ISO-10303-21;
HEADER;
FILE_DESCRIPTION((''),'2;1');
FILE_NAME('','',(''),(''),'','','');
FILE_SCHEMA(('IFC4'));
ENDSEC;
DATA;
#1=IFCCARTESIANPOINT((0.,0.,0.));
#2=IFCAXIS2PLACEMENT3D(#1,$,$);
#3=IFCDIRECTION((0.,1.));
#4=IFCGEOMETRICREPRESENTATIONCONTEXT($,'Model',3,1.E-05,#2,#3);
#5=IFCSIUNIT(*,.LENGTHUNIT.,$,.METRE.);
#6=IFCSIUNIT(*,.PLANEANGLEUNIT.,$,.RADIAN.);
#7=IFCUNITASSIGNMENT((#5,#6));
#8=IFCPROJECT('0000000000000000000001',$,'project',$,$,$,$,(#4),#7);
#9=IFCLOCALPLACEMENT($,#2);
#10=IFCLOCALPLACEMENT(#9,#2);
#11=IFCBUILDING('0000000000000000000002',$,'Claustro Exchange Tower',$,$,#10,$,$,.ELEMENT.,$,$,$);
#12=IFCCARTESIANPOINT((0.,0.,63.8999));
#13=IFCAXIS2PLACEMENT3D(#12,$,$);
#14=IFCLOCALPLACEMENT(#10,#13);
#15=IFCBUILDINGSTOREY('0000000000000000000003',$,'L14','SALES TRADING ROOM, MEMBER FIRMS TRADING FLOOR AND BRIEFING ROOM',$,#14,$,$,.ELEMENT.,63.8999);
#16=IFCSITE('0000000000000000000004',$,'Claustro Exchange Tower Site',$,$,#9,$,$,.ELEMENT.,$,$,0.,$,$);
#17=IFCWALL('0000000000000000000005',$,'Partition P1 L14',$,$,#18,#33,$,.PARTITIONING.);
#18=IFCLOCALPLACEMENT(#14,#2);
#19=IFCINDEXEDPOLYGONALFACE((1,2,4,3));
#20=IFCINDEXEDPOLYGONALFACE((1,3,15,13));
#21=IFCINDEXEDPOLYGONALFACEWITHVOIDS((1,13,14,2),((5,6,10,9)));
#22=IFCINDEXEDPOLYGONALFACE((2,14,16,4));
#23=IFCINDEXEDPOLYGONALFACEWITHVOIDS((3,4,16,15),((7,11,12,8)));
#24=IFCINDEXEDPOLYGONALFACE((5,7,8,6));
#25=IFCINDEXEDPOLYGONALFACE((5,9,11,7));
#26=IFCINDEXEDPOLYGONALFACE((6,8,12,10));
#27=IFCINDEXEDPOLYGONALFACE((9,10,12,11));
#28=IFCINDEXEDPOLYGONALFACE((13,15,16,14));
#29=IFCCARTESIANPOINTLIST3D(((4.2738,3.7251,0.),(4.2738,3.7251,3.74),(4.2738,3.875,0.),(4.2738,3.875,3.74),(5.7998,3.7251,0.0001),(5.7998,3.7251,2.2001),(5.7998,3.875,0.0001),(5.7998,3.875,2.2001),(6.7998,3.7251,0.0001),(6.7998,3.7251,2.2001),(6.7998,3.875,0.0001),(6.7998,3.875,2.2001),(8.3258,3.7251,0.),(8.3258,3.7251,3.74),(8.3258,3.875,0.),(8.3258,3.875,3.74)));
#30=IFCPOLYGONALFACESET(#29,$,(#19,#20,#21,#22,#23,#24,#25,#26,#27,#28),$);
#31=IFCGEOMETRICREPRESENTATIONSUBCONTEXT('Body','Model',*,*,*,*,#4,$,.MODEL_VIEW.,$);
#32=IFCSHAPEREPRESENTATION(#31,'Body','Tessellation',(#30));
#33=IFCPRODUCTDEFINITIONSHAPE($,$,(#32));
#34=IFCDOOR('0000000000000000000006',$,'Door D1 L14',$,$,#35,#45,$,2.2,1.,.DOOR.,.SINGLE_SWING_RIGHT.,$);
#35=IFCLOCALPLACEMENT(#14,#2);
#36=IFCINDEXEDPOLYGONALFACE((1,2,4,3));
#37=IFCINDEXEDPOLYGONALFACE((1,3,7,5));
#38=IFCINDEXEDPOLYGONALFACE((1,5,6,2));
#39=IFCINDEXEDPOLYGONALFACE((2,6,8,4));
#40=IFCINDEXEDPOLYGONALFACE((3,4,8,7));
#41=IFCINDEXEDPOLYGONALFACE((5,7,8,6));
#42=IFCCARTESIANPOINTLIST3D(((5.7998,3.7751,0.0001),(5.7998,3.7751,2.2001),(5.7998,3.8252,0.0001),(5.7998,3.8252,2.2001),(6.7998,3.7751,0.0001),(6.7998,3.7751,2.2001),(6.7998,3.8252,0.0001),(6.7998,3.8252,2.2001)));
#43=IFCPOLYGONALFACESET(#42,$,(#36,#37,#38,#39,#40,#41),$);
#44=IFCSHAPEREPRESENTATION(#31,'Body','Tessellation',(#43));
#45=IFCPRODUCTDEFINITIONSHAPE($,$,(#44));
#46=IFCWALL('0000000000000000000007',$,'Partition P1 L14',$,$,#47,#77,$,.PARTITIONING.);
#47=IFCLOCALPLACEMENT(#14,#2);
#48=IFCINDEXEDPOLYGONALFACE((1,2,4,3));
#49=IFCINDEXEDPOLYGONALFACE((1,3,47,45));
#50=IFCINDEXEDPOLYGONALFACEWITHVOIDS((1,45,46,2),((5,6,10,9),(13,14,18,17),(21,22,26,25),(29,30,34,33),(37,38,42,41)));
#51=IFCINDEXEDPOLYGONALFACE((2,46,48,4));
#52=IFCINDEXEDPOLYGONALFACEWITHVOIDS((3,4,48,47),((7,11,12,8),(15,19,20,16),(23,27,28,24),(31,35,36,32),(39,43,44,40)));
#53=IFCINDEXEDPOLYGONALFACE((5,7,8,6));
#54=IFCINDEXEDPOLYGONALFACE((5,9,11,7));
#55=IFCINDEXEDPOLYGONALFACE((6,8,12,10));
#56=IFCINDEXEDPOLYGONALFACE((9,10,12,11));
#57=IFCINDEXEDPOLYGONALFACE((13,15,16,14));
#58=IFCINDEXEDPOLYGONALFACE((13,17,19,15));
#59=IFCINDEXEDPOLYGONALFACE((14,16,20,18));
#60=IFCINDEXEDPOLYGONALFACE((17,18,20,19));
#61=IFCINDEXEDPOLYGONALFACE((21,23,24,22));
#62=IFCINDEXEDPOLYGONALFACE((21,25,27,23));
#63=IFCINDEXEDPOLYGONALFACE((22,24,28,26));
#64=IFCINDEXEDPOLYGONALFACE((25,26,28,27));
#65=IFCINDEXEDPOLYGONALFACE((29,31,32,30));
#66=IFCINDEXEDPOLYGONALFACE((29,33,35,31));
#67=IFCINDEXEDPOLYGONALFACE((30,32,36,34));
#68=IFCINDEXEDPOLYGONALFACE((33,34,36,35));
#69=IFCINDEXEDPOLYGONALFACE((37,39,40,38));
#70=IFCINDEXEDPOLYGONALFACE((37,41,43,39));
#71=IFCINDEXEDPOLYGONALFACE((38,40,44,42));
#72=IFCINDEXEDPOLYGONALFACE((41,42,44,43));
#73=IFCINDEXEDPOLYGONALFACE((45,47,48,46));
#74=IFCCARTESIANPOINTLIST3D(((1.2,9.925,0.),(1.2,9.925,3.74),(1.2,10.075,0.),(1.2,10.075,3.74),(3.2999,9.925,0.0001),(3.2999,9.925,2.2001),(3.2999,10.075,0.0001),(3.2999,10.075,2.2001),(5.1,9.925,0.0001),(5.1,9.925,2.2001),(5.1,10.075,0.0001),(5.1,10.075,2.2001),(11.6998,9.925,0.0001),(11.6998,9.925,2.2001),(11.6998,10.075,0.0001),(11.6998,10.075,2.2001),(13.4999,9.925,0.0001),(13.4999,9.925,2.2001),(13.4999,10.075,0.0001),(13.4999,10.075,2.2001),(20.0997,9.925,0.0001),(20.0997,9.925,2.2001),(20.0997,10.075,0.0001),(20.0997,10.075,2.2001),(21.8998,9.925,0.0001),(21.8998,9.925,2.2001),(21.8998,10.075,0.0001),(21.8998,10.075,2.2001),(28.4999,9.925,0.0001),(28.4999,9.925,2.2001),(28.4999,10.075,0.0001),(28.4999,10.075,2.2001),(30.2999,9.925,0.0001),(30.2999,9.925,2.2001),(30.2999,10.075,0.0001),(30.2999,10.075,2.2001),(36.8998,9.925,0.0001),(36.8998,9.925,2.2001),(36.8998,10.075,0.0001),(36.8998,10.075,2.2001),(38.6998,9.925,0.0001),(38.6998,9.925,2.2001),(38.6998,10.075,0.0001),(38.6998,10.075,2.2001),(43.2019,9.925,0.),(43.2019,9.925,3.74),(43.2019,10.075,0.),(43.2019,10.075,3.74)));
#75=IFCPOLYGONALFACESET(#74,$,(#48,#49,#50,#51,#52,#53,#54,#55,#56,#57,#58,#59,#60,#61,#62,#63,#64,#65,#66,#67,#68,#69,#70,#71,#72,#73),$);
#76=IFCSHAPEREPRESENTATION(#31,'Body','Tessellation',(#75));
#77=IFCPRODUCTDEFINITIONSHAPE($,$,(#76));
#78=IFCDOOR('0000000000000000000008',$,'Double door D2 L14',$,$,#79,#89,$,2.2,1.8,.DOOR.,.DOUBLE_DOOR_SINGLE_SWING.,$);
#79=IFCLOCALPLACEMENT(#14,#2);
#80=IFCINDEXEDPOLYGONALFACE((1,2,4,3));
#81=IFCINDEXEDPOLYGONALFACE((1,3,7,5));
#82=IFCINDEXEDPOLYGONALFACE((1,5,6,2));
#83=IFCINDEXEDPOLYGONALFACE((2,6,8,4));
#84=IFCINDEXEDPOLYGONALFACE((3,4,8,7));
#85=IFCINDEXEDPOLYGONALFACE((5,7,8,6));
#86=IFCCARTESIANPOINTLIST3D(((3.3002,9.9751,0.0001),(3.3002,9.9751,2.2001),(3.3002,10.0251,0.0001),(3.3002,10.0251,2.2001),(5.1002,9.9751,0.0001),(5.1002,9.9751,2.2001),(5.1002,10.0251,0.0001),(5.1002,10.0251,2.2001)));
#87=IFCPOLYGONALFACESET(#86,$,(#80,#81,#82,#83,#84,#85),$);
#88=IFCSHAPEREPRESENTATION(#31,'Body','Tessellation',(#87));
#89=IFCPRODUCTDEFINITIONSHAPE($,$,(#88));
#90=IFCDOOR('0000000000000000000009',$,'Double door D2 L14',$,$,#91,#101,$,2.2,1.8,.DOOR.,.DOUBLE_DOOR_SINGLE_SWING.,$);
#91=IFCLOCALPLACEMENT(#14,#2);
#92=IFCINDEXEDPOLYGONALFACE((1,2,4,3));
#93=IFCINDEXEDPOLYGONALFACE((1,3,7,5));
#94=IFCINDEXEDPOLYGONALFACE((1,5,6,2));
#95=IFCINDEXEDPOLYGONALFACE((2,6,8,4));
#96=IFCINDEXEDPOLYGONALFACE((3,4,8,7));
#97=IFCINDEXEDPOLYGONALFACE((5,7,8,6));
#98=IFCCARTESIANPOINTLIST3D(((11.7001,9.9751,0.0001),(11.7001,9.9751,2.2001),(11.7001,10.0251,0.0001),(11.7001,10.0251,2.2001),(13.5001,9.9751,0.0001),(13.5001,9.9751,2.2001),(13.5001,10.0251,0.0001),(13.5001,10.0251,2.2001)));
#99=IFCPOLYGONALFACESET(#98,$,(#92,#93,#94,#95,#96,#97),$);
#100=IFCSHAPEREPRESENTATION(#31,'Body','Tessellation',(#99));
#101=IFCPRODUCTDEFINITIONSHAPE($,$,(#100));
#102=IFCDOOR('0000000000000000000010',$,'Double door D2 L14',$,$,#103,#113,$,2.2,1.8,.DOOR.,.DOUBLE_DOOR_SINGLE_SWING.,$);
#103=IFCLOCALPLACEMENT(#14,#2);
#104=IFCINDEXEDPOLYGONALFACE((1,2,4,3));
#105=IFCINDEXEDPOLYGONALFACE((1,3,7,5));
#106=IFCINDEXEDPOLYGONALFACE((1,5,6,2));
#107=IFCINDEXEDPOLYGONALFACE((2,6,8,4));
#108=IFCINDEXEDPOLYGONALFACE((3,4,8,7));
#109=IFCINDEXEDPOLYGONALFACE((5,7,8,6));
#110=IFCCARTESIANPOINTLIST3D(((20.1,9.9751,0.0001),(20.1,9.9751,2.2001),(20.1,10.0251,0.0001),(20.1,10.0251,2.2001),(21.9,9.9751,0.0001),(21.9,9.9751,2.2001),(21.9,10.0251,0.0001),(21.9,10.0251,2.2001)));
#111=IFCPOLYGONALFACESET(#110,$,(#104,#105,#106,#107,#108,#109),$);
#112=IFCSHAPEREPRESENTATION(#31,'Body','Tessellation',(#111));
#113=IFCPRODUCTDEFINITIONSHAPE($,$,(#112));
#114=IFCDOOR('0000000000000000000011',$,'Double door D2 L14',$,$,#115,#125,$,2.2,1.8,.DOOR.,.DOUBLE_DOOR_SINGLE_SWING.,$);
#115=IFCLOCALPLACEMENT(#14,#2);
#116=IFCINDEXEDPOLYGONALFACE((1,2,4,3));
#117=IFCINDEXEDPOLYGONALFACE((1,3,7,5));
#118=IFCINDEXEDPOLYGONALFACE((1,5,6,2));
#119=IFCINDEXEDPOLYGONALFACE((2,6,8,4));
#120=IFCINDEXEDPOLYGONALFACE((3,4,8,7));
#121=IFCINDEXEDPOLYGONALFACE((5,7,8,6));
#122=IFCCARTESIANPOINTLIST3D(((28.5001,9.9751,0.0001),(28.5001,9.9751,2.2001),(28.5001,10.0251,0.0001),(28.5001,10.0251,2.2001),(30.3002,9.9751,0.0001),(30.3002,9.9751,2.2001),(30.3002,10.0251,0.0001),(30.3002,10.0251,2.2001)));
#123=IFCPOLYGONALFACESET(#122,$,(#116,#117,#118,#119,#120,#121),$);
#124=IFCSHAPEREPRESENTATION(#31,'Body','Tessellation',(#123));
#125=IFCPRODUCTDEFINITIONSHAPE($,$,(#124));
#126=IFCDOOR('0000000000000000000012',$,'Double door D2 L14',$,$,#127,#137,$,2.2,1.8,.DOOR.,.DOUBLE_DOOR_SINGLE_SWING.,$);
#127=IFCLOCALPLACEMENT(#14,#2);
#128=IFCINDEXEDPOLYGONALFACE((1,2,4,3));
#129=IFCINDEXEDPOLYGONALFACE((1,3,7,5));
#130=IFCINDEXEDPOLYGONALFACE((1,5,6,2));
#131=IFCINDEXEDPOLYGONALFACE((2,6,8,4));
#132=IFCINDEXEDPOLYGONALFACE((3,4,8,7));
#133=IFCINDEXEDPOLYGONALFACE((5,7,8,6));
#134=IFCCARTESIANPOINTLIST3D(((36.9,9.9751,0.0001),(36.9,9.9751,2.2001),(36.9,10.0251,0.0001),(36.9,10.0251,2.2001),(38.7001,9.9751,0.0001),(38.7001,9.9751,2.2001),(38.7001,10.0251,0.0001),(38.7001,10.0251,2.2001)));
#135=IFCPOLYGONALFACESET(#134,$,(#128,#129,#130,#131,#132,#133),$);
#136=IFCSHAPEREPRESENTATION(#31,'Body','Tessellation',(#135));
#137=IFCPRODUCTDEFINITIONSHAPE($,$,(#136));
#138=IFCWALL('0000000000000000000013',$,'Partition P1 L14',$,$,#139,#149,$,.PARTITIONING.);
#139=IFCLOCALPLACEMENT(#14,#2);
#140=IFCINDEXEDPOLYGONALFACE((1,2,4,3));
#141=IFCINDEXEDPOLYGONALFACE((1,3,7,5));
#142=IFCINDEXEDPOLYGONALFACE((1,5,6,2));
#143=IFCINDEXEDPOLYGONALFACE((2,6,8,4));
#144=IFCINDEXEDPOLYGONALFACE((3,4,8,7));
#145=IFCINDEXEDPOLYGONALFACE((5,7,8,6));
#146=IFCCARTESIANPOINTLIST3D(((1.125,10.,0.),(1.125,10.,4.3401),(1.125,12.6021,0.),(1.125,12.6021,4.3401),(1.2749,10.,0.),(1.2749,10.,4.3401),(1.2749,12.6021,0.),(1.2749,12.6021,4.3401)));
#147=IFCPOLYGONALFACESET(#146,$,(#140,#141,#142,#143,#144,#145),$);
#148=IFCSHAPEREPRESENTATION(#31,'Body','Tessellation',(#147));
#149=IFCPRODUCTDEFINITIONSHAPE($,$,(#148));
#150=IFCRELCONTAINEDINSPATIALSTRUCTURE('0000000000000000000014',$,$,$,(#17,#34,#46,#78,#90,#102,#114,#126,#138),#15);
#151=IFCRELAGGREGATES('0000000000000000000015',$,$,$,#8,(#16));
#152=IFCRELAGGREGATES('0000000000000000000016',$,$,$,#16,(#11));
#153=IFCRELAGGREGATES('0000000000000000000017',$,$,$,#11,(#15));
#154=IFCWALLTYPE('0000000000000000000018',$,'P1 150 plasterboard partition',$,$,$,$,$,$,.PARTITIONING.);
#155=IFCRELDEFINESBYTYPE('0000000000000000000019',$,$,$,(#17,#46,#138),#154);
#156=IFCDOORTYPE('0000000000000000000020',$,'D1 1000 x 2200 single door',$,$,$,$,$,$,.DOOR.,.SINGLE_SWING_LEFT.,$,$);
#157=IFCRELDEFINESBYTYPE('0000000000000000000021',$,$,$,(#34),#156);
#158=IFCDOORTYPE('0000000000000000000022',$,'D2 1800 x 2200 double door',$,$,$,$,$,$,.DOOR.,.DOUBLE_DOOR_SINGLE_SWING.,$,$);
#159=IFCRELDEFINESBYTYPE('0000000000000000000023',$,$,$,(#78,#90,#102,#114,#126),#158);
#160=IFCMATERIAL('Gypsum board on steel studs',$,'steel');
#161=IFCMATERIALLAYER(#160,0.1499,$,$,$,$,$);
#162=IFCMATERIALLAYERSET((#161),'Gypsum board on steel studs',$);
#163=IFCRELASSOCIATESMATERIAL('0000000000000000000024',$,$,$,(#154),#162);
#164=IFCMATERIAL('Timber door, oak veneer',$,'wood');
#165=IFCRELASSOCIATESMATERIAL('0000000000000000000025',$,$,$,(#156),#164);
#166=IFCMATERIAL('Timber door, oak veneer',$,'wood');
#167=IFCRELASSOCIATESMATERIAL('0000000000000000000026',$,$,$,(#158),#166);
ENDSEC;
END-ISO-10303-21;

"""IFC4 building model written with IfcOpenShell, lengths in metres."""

from ifc_helpers import new_model, si_unit, direction, frame, frame_2d, origin, place, context, subcontext, project, spatial, rectangle, extrude, material, layer, layer_set, type_object, element, fill, save


model = new_model("IFC4")

# Units and contexts
model_context = context("Model", 3, precision=1e-05, world=origin(), true_north=direction((0.0, 1.0)))
body_context = subcontext(model_context, "Body", "Model", "MODEL_VIEW")
ifc_project = project(units=[si_unit("LENGTHUNIT", "METRE"), si_unit("PLANEANGLEUNIT", "RADIAN")], contexts=[model_context])

# Site, building, storey
site_placement = place(None, origin())
site = spatial("IfcSite", under=ifc_project, at=site_placement, Name="Claustro Exchange Tower Site", CompositionType="ELEMENT", RefElevation=0.0)
building_placement = place(site_placement, origin())
building = spatial("IfcBuilding", under=site, at=building_placement, Name="Claustro Exchange Tower", CompositionType="ELEMENT")
storey_placement = place(building_placement, frame((0.0, 0.0, 63.8999)))
storey = spatial("IfcBuildingStorey", under=building, at=storey_placement, Name="L14", Description="SALES TRADING ROOM, MEMBER FIRMS TRADING FLOOR AND BRIEFING ROOM", CompositionType="ELEMENT", Elevation=63.8999)

# Wall, opening, door
ifc_material_1 = material(Name="Gypsum board on steel studs", Category="steel")
ifc_layer_1 = layer(ifc_material_1, 0.1499)
ifc_layer_set_1 = layer_set([ifc_layer_1], Name="Gypsum board on steel studs")
wall_type_1 = type_object("IfcWallType", Name="P1 150 plasterboard partition", PredefinedType="PARTITIONING", material=ifc_layer_set_1)
wall_1_placement = place(storey_placement, frame((4.2739, 3.8, 0.0), z_axis=(0.0, 0.0, 1.0), x_axis=(1.0, 0.0, 0.0)))
wall_1 = element("IfcWall", 1, at=wall_1_placement, inside=storey, type_object=wall_type_1, Name="Partition P1 L14", PredefinedType="PARTITIONING", context=body_context, shape_type="SweptSolid", body=[
    extrude(rectangle(XDim=4.052, YDim=0.1499, at=frame_2d((2.0259, 0.0))), origin(), (0.0, 0.0, 1.0), 3.74),
])
opening_1_placement = place(wall_1_placement, frame((1.5259, 0.0, 0.0)))
opening_1 = element("IfcOpeningElement", 2, at=opening_1_placement, cuts=wall_1, PredefinedType="OPENING", context=body_context, shape_type="SweptSolid", body=[
    extrude(rectangle(XDim=1.0, YDim=2.2, at=frame_2d((0.5, 1.1001))), frame((0.0, 0.085, 0.0), z_axis=(0.0, -1.0, 0.0), x_axis=(1.0, 0.0, 0.0)), (0.0, 0.0, 1.0), 0.1699),
])
ifc_material_2 = material(Name="Timber door, oak veneer", Category="wood")
door_type_1 = type_object("IfcDoorType", Name="D1 1000 x 2200 single door", OperationType="SINGLE_SWING_LEFT", PredefinedType="DOOR", material=ifc_material_2)
door_1_placement = place(opening_1_placement, frame((1.0, 0.0, 0.0), z_axis=(0.0, 0.0, 1.0), x_axis=(-1.0, 0.0, 0.0)))
door_1 = element("IfcDoor", 3, at=door_1_placement, inside=storey, type_object=door_type_1, Name="Door D1 L14", OperationType="SINGLE_SWING_RIGHT", OverallHeight=2.2, OverallWidth=1.0, PredefinedType="DOOR", context=body_context, shape_type="SweptSolid", body=[
    extrude(rectangle(XDim=1.0, YDim=2.2, at=frame_2d((0.5, 1.1001))), frame((0.0, 0.0249, 0.0), z_axis=(0.0, -1.0, 0.0), x_axis=(1.0, 0.0, 0.0)), (0.0, 0.0, 1.0), 0.05),
])
fill(opening_1, door_1)

# Wall, openings, doors
wall_2_placement = place(storey_placement, frame((1.2, 10.0, 0.0), z_axis=(0.0, 0.0, 1.0), x_axis=(1.0, 0.0, 0.0)))
wall_2 = element("IfcWall", 4, at=wall_2_placement, inside=storey, type_object=wall_type_1, Name="Partition P1 L14", PredefinedType="PARTITIONING", context=body_context, shape_type="SweptSolid", body=[
    extrude(rectangle(XDim=42.002, YDim=0.1499, at=frame_2d((21.001, 0.0))), origin(), (0.0, 0.0, 1.0), 3.74),
])
opening_2_placement = place(wall_2_placement, frame((2.1001, 0.0, 0.0)))
opening_2 = element("IfcOpeningElement", 5, at=opening_2_placement, cuts=wall_2, PredefinedType="OPENING", context=body_context, shape_type="SweptSolid", body=[
    extrude(rectangle(XDim=1.8, YDim=2.2, at=frame_2d((0.8999, 1.1001))), frame((0.0, 0.085, 0.0), z_axis=(0.0, -1.0, 0.0), x_axis=(1.0, 0.0, 0.0)), (0.0, 0.0, 1.0), 0.1699),
])
opening_3_placement = place(wall_2_placement, frame((10.5, 0.0, 0.0)))
opening_3 = element("IfcOpeningElement", 6, at=opening_3_placement, cuts=wall_2, PredefinedType="OPENING", context=body_context, shape_type="SweptSolid", body=[
    extrude(rectangle(XDim=1.8, YDim=2.2, at=frame_2d((0.8999, 1.1001))), frame((0.0, 0.085, 0.0), z_axis=(0.0, -1.0, 0.0), x_axis=(1.0, 0.0, 0.0)), (0.0, 0.0, 1.0), 0.1699),
])
opening_4_placement = place(wall_2_placement, frame((18.8999, 0.0, 0.0)))
opening_4 = element("IfcOpeningElement", 7, at=opening_4_placement, cuts=wall_2, PredefinedType="OPENING", context=body_context, shape_type="SweptSolid", body=[
    extrude(rectangle(XDim=1.8, YDim=2.2, at=frame_2d((0.8999, 1.1001))), frame((0.0, 0.085, 0.0), z_axis=(0.0, -1.0, 0.0), x_axis=(1.0, 0.0, 0.0)), (0.0, 0.0, 1.0), 0.1699),
])
opening_5_placement = place(wall_2_placement, frame((27.3, 0.0, 0.0)))
opening_5 = element("IfcOpeningElement", 8, at=opening_5_placement, cuts=wall_2, PredefinedType="OPENING", context=body_context, shape_type="SweptSolid", body=[
    extrude(rectangle(XDim=1.8, YDim=2.2, at=frame_2d((0.8999, 1.1001))), frame((0.0, 0.085, 0.0), z_axis=(0.0, -1.0, 0.0), x_axis=(1.0, 0.0, 0.0)), (0.0, 0.0, 1.0), 0.1699),
])
opening_6_placement = place(wall_2_placement, frame((35.7, 0.0, 0.0)))
opening_6 = element("IfcOpeningElement", 9, at=opening_6_placement, cuts=wall_2, PredefinedType="OPENING", context=body_context, shape_type="SweptSolid", body=[
    extrude(rectangle(XDim=1.8, YDim=2.2, at=frame_2d((0.8999, 1.1001))), frame((0.0, 0.085, 0.0), z_axis=(0.0, -1.0, 0.0), x_axis=(1.0, 0.0, 0.0)), (0.0, 0.0, 1.0), 0.1699),
])
ifc_material_3 = material(Name="Timber door, oak veneer", Category="wood")
door_type_2 = type_object("IfcDoorType", Name="D2 1800 x 2200 double door", OperationType="DOUBLE_DOOR_SINGLE_SWING", PredefinedType="DOOR", material=ifc_material_3)
door_2_placement = place(opening_2_placement, frame((1.8, 0.0, 0.0), z_axis=(0.0, 0.0, 1.0), x_axis=(-1.0, 0.0, 0.0)))
door_2 = element("IfcDoor", 10, at=door_2_placement, inside=storey, type_object=door_type_2, Name="Double door D2 L14", OperationType="DOUBLE_DOOR_SINGLE_SWING", OverallHeight=2.2, OverallWidth=1.8, PredefinedType="DOOR", context=body_context, shape_type="SweptSolid", body=[
    extrude(rectangle(XDim=1.8, YDim=2.2, at=frame_2d((0.8999, 1.1001))), frame((0.0, 0.0249, 0.0), z_axis=(0.0, -1.0, 0.0), x_axis=(1.0, 0.0, 0.0)), (0.0, 0.0, 1.0), 0.05),
])
fill(opening_2, door_2)
door_3_placement = place(opening_3_placement, frame((1.8, 0.0, 0.0), z_axis=(0.0, 0.0, 1.0), x_axis=(-1.0, 0.0, 0.0)))
door_3 = element("IfcDoor", 11, at=door_3_placement, inside=storey, type_object=door_type_2, Name="Double door D2 L14", OperationType="DOUBLE_DOOR_SINGLE_SWING", OverallHeight=2.2, OverallWidth=1.8, PredefinedType="DOOR", context=body_context, shape_type="SweptSolid", body=[
    extrude(rectangle(XDim=1.8, YDim=2.2, at=frame_2d((0.8999, 1.1001))), frame((0.0, 0.0249, 0.0), z_axis=(0.0, -1.0, 0.0), x_axis=(1.0, 0.0, 0.0)), (0.0, 0.0, 1.0), 0.05),
])
fill(opening_3, door_3)
door_4_placement = place(opening_4_placement, frame((1.8, 0.0, 0.0), z_axis=(0.0, 0.0, 1.0), x_axis=(-1.0, 0.0, 0.0)))
door_4 = element("IfcDoor", 12, at=door_4_placement, inside=storey, type_object=door_type_2, Name="Double door D2 L14", OperationType="DOUBLE_DOOR_SINGLE_SWING", OverallHeight=2.2, OverallWidth=1.8, PredefinedType="DOOR", context=body_context, shape_type="SweptSolid", body=[
    extrude(rectangle(XDim=1.8, YDim=2.2, at=frame_2d((0.8999, 1.1001))), frame((0.0, 0.0249, 0.0), z_axis=(0.0, -1.0, 0.0), x_axis=(1.0, 0.0, 0.0)), (0.0, 0.0, 1.0), 0.05),
])
fill(opening_4, door_4)
door_5_placement = place(opening_5_placement, frame((1.8, 0.0, 0.0), z_axis=(0.0, 0.0, 1.0), x_axis=(-1.0, 0.0, 0.0)))
door_5 = element("IfcDoor", 13, at=door_5_placement, inside=storey, type_object=door_type_2, Name="Double door D2 L14", OperationType="DOUBLE_DOOR_SINGLE_SWING", OverallHeight=2.2, OverallWidth=1.8, PredefinedType="DOOR", context=body_context, shape_type="SweptSolid", body=[
    extrude(rectangle(XDim=1.8, YDim=2.2, at=frame_2d((0.8999, 1.1001))), frame((0.0, 0.0249, 0.0), z_axis=(0.0, -1.0, 0.0), x_axis=(1.0, 0.0, 0.0)), (0.0, 0.0, 1.0), 0.05),
])
fill(opening_5, door_5)
door_6_placement = place(opening_6_placement, frame((1.8, 0.0, 0.0), z_axis=(0.0, 0.0, 1.0), x_axis=(-1.0, 0.0, 0.0)))
door_6 = element("IfcDoor", 14, at=door_6_placement, inside=storey, type_object=door_type_2, Name="Double door D2 L14", OperationType="DOUBLE_DOOR_SINGLE_SWING", OverallHeight=2.2, OverallWidth=1.8, PredefinedType="DOOR", context=body_context, shape_type="SweptSolid", body=[
    extrude(rectangle(XDim=1.8, YDim=2.2, at=frame_2d((0.8999, 1.1001))), frame((0.0, 0.0249, 0.0), z_axis=(0.0, -1.0, 0.0), x_axis=(1.0, 0.0, 0.0)), (0.0, 0.0, 1.0), 0.05),
])
fill(opening_6, door_6)

# Wall
wall_3_placement = place(storey_placement, frame((1.2, 10.0, 0.0), z_axis=(0.0, 0.0, 1.0), x_axis=(0.0, 1.0, 0.0)))
element("IfcWall", 15, at=wall_3_placement, inside=storey, type_object=wall_type_1, Name="Partition P1 L14", PredefinedType="PARTITIONING", context=body_context, shape_type="SweptSolid", body=[
    extrude(rectangle(XDim=2.6021, YDim=0.1499, at=frame_2d((1.301, 0.0))), origin(), (0.0, 0.0, 1.0), 4.3401),
])

save(model, "model.ifc")
